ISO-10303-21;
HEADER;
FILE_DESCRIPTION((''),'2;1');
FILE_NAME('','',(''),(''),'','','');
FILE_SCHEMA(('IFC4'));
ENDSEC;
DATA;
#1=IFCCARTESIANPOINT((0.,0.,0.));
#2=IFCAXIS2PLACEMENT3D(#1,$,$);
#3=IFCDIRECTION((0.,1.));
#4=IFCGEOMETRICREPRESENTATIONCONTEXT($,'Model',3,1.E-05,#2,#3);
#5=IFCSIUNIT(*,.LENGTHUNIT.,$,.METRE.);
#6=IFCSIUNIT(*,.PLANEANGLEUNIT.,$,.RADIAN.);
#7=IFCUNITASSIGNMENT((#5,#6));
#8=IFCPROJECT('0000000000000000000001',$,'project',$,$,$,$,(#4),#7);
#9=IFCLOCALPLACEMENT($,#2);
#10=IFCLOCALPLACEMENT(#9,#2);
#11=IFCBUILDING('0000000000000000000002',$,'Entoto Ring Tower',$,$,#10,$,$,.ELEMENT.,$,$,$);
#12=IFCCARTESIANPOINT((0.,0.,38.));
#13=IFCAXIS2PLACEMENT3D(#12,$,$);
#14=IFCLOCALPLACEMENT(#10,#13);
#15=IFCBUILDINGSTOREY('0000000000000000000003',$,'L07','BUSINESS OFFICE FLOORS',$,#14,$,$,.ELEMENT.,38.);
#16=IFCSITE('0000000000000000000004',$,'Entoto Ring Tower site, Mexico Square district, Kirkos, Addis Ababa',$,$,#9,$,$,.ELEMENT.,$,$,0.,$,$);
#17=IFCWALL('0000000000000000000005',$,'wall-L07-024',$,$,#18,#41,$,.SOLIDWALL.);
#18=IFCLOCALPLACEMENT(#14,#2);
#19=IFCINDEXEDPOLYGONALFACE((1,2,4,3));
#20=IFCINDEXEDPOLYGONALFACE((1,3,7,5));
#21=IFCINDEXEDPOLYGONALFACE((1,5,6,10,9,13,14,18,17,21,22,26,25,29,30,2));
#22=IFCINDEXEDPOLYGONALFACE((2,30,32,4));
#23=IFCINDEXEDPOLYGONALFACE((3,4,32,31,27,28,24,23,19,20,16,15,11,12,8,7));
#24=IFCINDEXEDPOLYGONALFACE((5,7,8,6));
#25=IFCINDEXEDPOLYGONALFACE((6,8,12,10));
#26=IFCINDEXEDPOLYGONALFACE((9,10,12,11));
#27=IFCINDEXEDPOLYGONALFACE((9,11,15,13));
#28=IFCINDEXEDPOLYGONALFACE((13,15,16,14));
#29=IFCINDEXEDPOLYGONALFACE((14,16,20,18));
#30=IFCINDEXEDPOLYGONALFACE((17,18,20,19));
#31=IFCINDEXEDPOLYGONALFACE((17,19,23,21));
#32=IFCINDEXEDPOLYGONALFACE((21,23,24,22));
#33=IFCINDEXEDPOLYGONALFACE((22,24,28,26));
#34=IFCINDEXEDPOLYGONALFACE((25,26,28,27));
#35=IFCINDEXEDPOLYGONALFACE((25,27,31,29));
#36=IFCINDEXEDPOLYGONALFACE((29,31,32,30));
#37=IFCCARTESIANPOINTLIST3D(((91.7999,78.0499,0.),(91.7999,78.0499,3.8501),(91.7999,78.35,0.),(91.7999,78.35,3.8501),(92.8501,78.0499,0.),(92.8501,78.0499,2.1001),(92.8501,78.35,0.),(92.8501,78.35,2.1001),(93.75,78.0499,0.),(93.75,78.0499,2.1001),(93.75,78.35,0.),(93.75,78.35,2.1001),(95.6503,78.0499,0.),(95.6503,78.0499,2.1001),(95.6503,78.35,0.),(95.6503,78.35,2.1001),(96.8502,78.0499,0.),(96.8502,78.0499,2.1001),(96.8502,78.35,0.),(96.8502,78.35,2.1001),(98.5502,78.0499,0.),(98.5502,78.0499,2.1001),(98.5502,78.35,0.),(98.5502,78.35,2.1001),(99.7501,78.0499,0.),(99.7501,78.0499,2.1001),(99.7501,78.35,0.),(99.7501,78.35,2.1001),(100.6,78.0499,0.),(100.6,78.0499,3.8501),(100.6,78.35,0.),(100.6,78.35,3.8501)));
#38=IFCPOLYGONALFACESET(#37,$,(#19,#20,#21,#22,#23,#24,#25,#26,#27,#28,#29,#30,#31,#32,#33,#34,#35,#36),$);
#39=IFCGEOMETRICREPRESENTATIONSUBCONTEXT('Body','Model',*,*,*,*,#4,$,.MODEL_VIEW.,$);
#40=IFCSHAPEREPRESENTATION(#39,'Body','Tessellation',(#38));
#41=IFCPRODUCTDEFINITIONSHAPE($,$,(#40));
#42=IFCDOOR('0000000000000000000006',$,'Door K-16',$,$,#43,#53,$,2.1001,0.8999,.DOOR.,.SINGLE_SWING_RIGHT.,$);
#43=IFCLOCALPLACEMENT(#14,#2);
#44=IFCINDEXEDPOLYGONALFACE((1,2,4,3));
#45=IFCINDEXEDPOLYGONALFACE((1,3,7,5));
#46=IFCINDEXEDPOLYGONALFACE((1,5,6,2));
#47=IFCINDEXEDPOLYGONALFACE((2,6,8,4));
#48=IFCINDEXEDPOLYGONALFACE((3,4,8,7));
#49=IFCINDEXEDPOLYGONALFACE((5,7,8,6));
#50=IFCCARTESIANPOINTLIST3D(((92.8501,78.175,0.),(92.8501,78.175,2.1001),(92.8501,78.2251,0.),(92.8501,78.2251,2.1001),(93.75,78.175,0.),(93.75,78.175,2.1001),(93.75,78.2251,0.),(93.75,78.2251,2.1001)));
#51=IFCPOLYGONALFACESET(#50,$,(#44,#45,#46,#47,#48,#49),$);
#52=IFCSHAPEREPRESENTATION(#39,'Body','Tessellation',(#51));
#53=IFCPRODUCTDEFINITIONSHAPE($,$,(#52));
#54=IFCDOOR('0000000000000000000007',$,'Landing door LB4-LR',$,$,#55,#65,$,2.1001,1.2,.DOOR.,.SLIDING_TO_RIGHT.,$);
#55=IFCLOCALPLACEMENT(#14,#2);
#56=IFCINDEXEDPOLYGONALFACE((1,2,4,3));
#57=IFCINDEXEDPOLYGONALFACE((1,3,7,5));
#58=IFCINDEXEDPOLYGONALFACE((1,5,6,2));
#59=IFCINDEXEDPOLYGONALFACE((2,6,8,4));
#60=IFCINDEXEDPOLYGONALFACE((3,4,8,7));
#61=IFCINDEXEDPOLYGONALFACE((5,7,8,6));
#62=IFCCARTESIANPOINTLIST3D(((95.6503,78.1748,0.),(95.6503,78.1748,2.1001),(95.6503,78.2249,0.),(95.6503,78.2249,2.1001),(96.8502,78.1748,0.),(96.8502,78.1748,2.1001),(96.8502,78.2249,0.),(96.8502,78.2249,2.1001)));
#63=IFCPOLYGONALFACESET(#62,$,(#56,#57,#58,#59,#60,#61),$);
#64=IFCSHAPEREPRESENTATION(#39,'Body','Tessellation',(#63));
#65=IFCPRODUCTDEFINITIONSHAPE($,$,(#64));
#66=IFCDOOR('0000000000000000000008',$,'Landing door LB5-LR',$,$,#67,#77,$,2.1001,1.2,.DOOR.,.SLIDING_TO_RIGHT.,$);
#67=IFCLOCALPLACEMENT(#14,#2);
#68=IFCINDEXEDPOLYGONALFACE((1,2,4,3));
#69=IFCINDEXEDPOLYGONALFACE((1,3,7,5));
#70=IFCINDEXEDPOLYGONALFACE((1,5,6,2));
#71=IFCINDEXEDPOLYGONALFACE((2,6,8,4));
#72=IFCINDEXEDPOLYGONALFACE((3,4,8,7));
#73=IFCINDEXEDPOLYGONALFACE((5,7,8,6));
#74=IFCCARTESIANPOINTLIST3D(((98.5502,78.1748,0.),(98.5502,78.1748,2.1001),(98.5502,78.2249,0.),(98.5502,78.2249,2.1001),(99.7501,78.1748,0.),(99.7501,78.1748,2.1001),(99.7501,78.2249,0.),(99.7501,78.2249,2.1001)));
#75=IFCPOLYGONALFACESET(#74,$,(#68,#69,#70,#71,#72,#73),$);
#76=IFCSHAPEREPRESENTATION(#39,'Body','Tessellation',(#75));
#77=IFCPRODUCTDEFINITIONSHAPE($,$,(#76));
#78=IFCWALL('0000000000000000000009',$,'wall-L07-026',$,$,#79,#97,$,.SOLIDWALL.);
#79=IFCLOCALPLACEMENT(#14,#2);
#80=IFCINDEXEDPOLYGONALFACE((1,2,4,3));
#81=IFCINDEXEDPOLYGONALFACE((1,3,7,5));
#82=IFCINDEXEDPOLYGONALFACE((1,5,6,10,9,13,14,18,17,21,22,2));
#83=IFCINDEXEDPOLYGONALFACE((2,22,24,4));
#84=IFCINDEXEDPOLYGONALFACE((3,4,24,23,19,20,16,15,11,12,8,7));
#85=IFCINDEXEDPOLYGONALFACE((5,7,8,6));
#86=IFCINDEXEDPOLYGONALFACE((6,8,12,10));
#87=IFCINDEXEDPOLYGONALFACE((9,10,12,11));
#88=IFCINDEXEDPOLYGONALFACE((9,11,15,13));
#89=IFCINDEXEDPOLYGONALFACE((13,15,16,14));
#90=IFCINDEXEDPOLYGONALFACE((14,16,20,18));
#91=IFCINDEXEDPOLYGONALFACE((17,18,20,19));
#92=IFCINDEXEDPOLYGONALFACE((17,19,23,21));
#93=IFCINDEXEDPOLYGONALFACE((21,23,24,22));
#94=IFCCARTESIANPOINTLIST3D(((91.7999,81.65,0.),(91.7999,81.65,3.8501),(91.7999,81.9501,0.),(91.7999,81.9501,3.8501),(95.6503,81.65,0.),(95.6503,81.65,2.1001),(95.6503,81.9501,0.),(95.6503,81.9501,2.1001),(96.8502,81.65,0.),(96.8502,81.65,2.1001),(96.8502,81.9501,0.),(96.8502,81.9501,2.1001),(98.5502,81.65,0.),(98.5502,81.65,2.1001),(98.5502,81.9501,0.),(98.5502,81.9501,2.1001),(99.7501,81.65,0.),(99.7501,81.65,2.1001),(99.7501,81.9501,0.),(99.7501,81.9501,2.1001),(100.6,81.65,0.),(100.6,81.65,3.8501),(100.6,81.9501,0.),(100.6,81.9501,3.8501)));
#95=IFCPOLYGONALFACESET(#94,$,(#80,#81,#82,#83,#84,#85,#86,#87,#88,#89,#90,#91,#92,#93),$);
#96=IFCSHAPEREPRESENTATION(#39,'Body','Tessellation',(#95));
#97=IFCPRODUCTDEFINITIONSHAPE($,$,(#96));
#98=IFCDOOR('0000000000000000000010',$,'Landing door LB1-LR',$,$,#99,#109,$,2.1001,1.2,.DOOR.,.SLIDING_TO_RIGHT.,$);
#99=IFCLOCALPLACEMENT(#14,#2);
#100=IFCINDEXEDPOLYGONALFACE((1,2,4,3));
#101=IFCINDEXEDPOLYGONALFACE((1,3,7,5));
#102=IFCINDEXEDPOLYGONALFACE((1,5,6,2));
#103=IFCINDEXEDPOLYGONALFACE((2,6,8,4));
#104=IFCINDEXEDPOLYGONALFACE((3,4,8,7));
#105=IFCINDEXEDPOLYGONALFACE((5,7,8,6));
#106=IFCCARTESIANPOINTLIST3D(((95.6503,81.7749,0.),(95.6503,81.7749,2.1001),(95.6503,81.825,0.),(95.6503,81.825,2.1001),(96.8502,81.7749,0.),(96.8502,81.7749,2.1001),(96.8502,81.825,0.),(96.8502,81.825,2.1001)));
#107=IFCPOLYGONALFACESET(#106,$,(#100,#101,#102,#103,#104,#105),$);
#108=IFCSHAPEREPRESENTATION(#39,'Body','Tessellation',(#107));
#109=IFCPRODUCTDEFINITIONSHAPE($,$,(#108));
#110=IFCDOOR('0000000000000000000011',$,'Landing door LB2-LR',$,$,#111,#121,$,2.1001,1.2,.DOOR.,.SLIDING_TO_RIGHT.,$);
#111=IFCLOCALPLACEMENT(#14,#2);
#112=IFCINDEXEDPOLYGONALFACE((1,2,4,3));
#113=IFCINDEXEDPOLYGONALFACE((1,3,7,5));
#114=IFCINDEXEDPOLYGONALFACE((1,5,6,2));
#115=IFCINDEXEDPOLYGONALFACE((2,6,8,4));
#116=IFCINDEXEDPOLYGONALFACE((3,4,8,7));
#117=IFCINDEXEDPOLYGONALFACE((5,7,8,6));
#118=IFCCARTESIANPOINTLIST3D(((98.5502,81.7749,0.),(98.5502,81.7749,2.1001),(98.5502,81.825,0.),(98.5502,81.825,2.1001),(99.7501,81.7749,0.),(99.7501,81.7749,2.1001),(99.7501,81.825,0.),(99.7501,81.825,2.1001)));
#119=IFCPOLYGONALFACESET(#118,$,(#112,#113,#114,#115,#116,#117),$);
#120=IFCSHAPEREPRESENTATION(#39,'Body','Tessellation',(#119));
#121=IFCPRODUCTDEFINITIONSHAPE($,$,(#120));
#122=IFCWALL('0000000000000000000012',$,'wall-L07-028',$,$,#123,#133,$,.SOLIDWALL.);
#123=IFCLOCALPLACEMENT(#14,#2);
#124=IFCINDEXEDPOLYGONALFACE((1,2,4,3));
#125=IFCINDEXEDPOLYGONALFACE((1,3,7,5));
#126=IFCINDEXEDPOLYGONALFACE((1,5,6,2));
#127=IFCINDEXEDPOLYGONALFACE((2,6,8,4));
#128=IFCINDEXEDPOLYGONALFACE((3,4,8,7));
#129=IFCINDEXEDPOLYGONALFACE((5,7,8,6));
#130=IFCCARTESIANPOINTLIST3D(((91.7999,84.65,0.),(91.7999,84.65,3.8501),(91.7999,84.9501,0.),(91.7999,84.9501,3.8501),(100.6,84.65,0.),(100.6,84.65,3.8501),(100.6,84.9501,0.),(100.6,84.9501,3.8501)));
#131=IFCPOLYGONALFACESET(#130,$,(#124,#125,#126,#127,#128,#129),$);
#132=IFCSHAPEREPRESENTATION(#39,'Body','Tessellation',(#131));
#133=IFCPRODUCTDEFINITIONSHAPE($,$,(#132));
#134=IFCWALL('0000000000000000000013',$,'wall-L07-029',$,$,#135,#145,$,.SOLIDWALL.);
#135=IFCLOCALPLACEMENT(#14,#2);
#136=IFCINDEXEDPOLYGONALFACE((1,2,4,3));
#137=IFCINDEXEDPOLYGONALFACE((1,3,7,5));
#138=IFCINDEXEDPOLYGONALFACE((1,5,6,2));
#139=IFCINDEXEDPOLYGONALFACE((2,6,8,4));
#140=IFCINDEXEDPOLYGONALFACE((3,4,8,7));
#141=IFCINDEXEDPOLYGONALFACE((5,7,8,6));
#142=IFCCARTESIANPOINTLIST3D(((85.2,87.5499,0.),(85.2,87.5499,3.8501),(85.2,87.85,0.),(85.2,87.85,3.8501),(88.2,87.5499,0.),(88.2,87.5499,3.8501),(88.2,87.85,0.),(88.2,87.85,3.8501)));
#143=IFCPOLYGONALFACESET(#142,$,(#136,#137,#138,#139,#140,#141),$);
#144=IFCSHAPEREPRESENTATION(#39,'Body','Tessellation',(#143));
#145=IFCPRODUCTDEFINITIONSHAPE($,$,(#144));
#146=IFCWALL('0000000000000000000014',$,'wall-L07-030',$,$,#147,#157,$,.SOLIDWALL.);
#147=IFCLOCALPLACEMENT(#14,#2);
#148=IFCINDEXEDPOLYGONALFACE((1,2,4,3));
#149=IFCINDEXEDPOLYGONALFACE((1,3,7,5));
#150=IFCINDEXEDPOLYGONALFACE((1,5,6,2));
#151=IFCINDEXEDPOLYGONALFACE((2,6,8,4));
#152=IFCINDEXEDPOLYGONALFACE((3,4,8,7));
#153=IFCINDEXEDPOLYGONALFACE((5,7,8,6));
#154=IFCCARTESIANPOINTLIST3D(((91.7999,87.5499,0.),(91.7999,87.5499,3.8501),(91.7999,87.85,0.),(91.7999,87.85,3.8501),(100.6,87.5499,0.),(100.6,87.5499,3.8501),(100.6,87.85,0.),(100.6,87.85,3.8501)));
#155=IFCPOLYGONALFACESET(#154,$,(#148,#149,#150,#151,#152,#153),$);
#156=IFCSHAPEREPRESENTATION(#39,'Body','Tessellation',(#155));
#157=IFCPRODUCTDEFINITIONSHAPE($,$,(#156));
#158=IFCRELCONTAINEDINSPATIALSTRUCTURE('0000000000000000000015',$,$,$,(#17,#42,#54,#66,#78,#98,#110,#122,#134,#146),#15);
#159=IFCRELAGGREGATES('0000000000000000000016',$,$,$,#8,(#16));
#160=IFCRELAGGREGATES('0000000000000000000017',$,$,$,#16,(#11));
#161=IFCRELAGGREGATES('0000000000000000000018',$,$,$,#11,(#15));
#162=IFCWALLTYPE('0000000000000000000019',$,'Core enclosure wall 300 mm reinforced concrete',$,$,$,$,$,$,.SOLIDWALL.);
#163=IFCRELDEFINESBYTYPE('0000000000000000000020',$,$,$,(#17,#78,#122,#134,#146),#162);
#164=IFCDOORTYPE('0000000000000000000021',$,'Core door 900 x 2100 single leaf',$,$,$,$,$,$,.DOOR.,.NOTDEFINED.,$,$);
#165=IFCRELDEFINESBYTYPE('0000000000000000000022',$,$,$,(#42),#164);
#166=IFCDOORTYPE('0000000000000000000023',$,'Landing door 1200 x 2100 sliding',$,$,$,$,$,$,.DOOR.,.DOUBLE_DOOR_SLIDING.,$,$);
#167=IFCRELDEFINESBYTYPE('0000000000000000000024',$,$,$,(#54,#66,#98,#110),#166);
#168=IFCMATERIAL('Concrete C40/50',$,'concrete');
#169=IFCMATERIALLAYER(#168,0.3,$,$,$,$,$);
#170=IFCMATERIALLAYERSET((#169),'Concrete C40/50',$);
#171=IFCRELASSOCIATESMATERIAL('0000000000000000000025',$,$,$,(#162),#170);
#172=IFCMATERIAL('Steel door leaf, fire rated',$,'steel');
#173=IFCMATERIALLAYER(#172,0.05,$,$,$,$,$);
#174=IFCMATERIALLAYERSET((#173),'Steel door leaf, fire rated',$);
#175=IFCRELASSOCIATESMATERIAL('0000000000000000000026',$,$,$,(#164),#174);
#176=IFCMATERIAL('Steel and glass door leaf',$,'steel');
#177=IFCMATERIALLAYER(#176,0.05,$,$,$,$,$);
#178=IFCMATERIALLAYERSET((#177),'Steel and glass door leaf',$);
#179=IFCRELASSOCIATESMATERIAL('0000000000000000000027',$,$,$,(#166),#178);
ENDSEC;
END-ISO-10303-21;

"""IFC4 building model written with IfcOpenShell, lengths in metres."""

from ifc_helpers import new_model, si_unit, direction, frame, frame_2d, origin, place, context, subcontext, project, spatial, rectangle, extrude, material, layer, layer_set, type_object, element, fill, save


model = new_model("IFC4")

# Units and contexts
model_context = context("Model", 3, precision=1e-05, world=origin(), true_north=direction((0.0, 1.0)))
body_context = subcontext(model_context, "Body", "Model", "MODEL_VIEW")
ifc_project = project(units=[si_unit("LENGTHUNIT", "METRE"), si_unit("PLANEANGLEUNIT", "RADIAN")], contexts=[model_context])

# Site, building, storey
site_placement = place(None, origin())
site = spatial("IfcSite", under=ifc_project, at=site_placement, Name="Entoto Ring Tower site, Mexico Square district, Kirkos, Addis Ababa", CompositionType="ELEMENT", RefElevation=0.0)
building_placement = place(site_placement, origin())
building = spatial("IfcBuilding", under=site, at=building_placement, Name="Entoto Ring Tower", CompositionType="ELEMENT")
storey_placement = place(building_placement, frame((0.0, 0.0, 38.0)))
storey = spatial("IfcBuildingStorey", under=building, at=storey_placement, Name="L07", Description="BUSINESS OFFICE FLOORS", CompositionType="ELEMENT", Elevation=38.0)

# Shared definitions
ifc_material_1 = material(Name="Concrete C40/50", Category="concrete")
ifc_layer_1 = layer(ifc_material_1, 0.3)
ifc_layer_set_1 = layer_set([ifc_layer_1], Name="Concrete C40/50")
wall_type = type_object("IfcWallType", Name="Core enclosure wall 300 mm reinforced concrete", PredefinedType="SOLIDWALL", material=ifc_layer_set_1)

# Shared definitions
ifc_material_2 = material(Name="Steel door leaf, fire rated", Category="steel")
ifc_layer_2 = layer(ifc_material_2, 0.05)
ifc_layer_set_2 = layer_set([ifc_layer_2], Name="Steel door leaf, fire rated")
door_type_1 = type_object("IfcDoorType", Name="Core door 900 x 2100 single leaf", OperationType="NOTDEFINED", PredefinedType="DOOR", material=ifc_layer_set_2)

# Walls, openings, doors
ifc_material_3 = material(Name="Steel and glass door leaf", Category="steel")
ifc_layer_3 = layer(ifc_material_3, 0.05)
ifc_layer_set_3 = layer_set([ifc_layer_3], Name="Steel and glass door leaf")
door_type_2 = type_object("IfcDoorType", Name="Landing door 1200 x 2100 sliding", OperationType="DOUBLE_DOOR_SLIDING", PredefinedType="DOOR", material=ifc_layer_set_3)
wall_1_placement = place(storey_placement, frame((91.8, 78.2, 0.0), z_axis=(0.0, 0.0, 1.0), x_axis=(1.0, 0.0, 0.0)))
wall_1 = element("IfcWall", 1, at=wall_1_placement, inside=storey, type_object=wall_type, Name="wall-L07-024", PredefinedType="SOLIDWALL", context=body_context, shape_type="SweptSolid", body=[
    extrude(rectangle(XDim=8.8, YDim=0.3, at=frame_2d((4.3999, 0.0))), origin(), (0.0, 0.0, 1.0), 3.8501),
])
opening_1_placement = place(wall_1_placement, frame((3.8501, 0.0, 0.0)))
opening_1 = element("IfcOpeningElement", 2, at=opening_1_placement, cuts=wall_1, PredefinedType="OPENING", context=body_context, shape_type="SweptSolid", body=[
    extrude(rectangle(XDim=1.2, YDim=2.1001, at=frame_2d((0.6001, 1.05))), frame((0.0, 0.1602, 0.0), z_axis=(0.0, -1.0, 0.0), x_axis=(1.0, 0.0, 0.0)), (0.0, 0.0, 1.0), 0.3201),
])
opening_2_placement = place(wall_1_placement, frame((6.75, 0.0, 0.0)))
opening_2 = element("IfcOpeningElement", 3, at=opening_2_placement, cuts=wall_1, PredefinedType="OPENING", context=body_context, shape_type="SweptSolid", body=[
    extrude(rectangle(XDim=1.2, YDim=2.1001, at=frame_2d((0.6001, 1.05))), frame((0.0, 0.1602, 0.0), z_axis=(0.0, -1.0, 0.0), x_axis=(1.0, 0.0, 0.0)), (0.0, 0.0, 1.0), 0.3201),
])
opening_3_placement = place(wall_1_placement, frame((1.05, 0.0, 0.0)))
opening_3 = element("IfcOpeningElement", 4, at=opening_3_placement, cuts=wall_1, PredefinedType="OPENING", context=body_context, shape_type="SweptSolid", body=[
    extrude(rectangle(XDim=0.8999, YDim=2.1001, at=frame_2d((0.45, 1.05))), frame((0.0, 0.1602, 0.0), z_axis=(0.0, -1.0, 0.0), x_axis=(1.0, 0.0, 0.0)), (0.0, 0.0, 1.0), 0.3201),
])
door_1_placement = place(opening_3_placement, frame((0.8999, 0.0, 0.0), z_axis=(0.0, 0.0, 1.0), x_axis=(-1.0, 0.0, 0.0)))
door_1 = element("IfcDoor", 5, at=door_1_placement, inside=storey, type_object=door_type_1, Name="Door K-16", OperationType="SINGLE_SWING_RIGHT", OverallHeight=2.1001, OverallWidth=0.8999, PredefinedType="DOOR", context=body_context, shape_type="SweptSolid", body=[
    extrude(rectangle(XDim=0.8999, YDim=2.1001, at=frame_2d((0.45, 1.05))), frame((0.0, 0.0249, 0.0), z_axis=(0.0, -1.0, 0.0), x_axis=(1.0, 0.0, 0.0)), (0.0, 0.0, 1.0), 0.05),
])
fill(opening_3, door_1)
door_2_placement = place(opening_1_placement, origin())
door_2 = element("IfcDoor", 6, at=door_2_placement, inside=storey, type_object=door_type_2, Name="Landing door LB4-LR", OperationType="SLIDING_TO_RIGHT", OverallHeight=2.1001, OverallWidth=1.2, PredefinedType="DOOR", context=body_context, shape_type="SweptSolid", body=[
    extrude(rectangle(XDim=1.2, YDim=2.1001, at=frame_2d((0.6001, 1.05))), frame((0.0, 0.0249, 0.0), z_axis=(0.0, -1.0, 0.0), x_axis=(1.0, 0.0, 0.0)), (0.0, 0.0, 1.0), 0.05),
])
fill(opening_1, door_2)
door_3_placement = place(opening_2_placement, origin())
door_3 = element("IfcDoor", 7, at=door_3_placement, inside=storey, type_object=door_type_2, Name="Landing door LB5-LR", OperationType="SLIDING_TO_RIGHT", OverallHeight=2.1001, OverallWidth=1.2, PredefinedType="DOOR", context=body_context, shape_type="SweptSolid", body=[
    extrude(rectangle(XDim=1.2, YDim=2.1001, at=frame_2d((0.6001, 1.05))), frame((0.0, 0.0249, 0.0), z_axis=(0.0, -1.0, 0.0), x_axis=(1.0, 0.0, 0.0)), (0.0, 0.0, 1.0), 0.05),
])
fill(opening_2, door_3)
wall_2_placement = place(storey_placement, frame((91.8, 81.8, 0.0), z_axis=(0.0, 0.0, 1.0), x_axis=(1.0, 0.0, 0.0)))
wall_2 = element("IfcWall", 8, at=wall_2_placement, inside=storey, type_object=wall_type, Name="wall-L07-026", PredefinedType="SOLIDWALL", context=body_context, shape_type="SweptSolid", body=[
    extrude(rectangle(XDim=8.8, YDim=0.3, at=frame_2d((4.3999, 0.0))), origin(), (0.0, 0.0, 1.0), 3.8501),
])
opening_4_placement = place(wall_2_placement, frame((3.8501, 0.0, 0.0)))
opening_4 = element("IfcOpeningElement", 9, at=opening_4_placement, cuts=wall_2, PredefinedType="OPENING", context=body_context, shape_type="SweptSolid", body=[
    extrude(rectangle(XDim=1.2, YDim=2.1001, at=frame_2d((0.6001, 1.05))), frame((0.0, 0.1602, 0.0), z_axis=(0.0, -1.0, 0.0), x_axis=(1.0, 0.0, 0.0)), (0.0, 0.0, 1.0), 0.3201),
])
opening_5_placement = place(wall_2_placement, frame((6.75, 0.0, 0.0)))
opening_5 = element("IfcOpeningElement", 10, at=opening_5_placement, cuts=wall_2, PredefinedType="OPENING", context=body_context, shape_type="SweptSolid", body=[
    extrude(rectangle(XDim=1.2, YDim=2.1001, at=frame_2d((0.6001, 1.05))), frame((0.0, 0.1602, 0.0), z_axis=(0.0, -1.0, 0.0), x_axis=(1.0, 0.0, 0.0)), (0.0, 0.0, 1.0), 0.3201),
])
door_4_placement = place(opening_4_placement, origin())
door_4 = element("IfcDoor", 11, at=door_4_placement, inside=storey, type_object=door_type_2, Name="Landing door LB1-LR", OperationType="SLIDING_TO_RIGHT", OverallHeight=2.1001, OverallWidth=1.2, PredefinedType="DOOR", context=body_context, shape_type="SweptSolid", body=[
    extrude(rectangle(XDim=1.2, YDim=2.1001, at=frame_2d((0.6001, 1.05))), frame((0.0, 0.0249, 0.0), z_axis=(0.0, -1.0, 0.0), x_axis=(1.0, 0.0, 0.0)), (0.0, 0.0, 1.0), 0.05),
])
fill(opening_4, door_4)
door_5_placement = place(opening_5_placement, origin())
door_5 = element("IfcDoor", 12, at=door_5_placement, inside=storey, type_object=door_type_2, Name="Landing door LB2-LR", OperationType="SLIDING_TO_RIGHT", OverallHeight=2.1001, OverallWidth=1.2, PredefinedType="DOOR", context=body_context, shape_type="SweptSolid", body=[
    extrude(rectangle(XDim=1.2, YDim=2.1001, at=frame_2d((0.6001, 1.05))), frame((0.0, 0.0249, 0.0), z_axis=(0.0, -1.0, 0.0), x_axis=(1.0, 0.0, 0.0)), (0.0, 0.0, 1.0), 0.05),
])
fill(opening_5, door_5)

# Walls
wall_3_placement = place(storey_placement, frame((91.8, 84.8, 0.0), z_axis=(0.0, 0.0, 1.0), x_axis=(1.0, 0.0, 0.0)))
element("IfcWall", 13, at=wall_3_placement, inside=storey, type_object=wall_type, Name="wall-L07-028", PredefinedType="SOLIDWALL", context=body_context, shape_type="SweptSolid", body=[
    extrude(rectangle(XDim=8.8, YDim=0.3, at=frame_2d((4.3999, 0.0))), origin(), (0.0, 0.0, 1.0), 3.8501),
])
wall_4_placement = place(storey_placement, frame((85.2, 87.7, 0.0), z_axis=(0.0, 0.0, 1.0), x_axis=(1.0, 0.0, 0.0)))
element("IfcWall", 14, at=wall_4_placement, inside=storey, type_object=wall_type, Name="wall-L07-029", PredefinedType="SOLIDWALL", context=body_context, shape_type="SweptSolid", body=[
    extrude(rectangle(XDim=3.0, YDim=0.3, at=frame_2d((1.5, 0.0))), origin(), (0.0, 0.0, 1.0), 3.8501),
])
wall_5_placement = place(storey_placement, frame((91.8, 87.7, 0.0), z_axis=(0.0, 0.0, 1.0), x_axis=(1.0, 0.0, 0.0)))
element("IfcWall", 15, at=wall_5_placement, inside=storey, type_object=wall_type, Name="wall-L07-030", PredefinedType="SOLIDWALL", context=body_context, shape_type="SweptSolid", body=[
    extrude(rectangle(XDim=8.8, YDim=0.3, at=frame_2d((4.3999, 0.0))), origin(), (0.0, 0.0, 1.0), 3.8501),
])

save(model, "model.ifc")
